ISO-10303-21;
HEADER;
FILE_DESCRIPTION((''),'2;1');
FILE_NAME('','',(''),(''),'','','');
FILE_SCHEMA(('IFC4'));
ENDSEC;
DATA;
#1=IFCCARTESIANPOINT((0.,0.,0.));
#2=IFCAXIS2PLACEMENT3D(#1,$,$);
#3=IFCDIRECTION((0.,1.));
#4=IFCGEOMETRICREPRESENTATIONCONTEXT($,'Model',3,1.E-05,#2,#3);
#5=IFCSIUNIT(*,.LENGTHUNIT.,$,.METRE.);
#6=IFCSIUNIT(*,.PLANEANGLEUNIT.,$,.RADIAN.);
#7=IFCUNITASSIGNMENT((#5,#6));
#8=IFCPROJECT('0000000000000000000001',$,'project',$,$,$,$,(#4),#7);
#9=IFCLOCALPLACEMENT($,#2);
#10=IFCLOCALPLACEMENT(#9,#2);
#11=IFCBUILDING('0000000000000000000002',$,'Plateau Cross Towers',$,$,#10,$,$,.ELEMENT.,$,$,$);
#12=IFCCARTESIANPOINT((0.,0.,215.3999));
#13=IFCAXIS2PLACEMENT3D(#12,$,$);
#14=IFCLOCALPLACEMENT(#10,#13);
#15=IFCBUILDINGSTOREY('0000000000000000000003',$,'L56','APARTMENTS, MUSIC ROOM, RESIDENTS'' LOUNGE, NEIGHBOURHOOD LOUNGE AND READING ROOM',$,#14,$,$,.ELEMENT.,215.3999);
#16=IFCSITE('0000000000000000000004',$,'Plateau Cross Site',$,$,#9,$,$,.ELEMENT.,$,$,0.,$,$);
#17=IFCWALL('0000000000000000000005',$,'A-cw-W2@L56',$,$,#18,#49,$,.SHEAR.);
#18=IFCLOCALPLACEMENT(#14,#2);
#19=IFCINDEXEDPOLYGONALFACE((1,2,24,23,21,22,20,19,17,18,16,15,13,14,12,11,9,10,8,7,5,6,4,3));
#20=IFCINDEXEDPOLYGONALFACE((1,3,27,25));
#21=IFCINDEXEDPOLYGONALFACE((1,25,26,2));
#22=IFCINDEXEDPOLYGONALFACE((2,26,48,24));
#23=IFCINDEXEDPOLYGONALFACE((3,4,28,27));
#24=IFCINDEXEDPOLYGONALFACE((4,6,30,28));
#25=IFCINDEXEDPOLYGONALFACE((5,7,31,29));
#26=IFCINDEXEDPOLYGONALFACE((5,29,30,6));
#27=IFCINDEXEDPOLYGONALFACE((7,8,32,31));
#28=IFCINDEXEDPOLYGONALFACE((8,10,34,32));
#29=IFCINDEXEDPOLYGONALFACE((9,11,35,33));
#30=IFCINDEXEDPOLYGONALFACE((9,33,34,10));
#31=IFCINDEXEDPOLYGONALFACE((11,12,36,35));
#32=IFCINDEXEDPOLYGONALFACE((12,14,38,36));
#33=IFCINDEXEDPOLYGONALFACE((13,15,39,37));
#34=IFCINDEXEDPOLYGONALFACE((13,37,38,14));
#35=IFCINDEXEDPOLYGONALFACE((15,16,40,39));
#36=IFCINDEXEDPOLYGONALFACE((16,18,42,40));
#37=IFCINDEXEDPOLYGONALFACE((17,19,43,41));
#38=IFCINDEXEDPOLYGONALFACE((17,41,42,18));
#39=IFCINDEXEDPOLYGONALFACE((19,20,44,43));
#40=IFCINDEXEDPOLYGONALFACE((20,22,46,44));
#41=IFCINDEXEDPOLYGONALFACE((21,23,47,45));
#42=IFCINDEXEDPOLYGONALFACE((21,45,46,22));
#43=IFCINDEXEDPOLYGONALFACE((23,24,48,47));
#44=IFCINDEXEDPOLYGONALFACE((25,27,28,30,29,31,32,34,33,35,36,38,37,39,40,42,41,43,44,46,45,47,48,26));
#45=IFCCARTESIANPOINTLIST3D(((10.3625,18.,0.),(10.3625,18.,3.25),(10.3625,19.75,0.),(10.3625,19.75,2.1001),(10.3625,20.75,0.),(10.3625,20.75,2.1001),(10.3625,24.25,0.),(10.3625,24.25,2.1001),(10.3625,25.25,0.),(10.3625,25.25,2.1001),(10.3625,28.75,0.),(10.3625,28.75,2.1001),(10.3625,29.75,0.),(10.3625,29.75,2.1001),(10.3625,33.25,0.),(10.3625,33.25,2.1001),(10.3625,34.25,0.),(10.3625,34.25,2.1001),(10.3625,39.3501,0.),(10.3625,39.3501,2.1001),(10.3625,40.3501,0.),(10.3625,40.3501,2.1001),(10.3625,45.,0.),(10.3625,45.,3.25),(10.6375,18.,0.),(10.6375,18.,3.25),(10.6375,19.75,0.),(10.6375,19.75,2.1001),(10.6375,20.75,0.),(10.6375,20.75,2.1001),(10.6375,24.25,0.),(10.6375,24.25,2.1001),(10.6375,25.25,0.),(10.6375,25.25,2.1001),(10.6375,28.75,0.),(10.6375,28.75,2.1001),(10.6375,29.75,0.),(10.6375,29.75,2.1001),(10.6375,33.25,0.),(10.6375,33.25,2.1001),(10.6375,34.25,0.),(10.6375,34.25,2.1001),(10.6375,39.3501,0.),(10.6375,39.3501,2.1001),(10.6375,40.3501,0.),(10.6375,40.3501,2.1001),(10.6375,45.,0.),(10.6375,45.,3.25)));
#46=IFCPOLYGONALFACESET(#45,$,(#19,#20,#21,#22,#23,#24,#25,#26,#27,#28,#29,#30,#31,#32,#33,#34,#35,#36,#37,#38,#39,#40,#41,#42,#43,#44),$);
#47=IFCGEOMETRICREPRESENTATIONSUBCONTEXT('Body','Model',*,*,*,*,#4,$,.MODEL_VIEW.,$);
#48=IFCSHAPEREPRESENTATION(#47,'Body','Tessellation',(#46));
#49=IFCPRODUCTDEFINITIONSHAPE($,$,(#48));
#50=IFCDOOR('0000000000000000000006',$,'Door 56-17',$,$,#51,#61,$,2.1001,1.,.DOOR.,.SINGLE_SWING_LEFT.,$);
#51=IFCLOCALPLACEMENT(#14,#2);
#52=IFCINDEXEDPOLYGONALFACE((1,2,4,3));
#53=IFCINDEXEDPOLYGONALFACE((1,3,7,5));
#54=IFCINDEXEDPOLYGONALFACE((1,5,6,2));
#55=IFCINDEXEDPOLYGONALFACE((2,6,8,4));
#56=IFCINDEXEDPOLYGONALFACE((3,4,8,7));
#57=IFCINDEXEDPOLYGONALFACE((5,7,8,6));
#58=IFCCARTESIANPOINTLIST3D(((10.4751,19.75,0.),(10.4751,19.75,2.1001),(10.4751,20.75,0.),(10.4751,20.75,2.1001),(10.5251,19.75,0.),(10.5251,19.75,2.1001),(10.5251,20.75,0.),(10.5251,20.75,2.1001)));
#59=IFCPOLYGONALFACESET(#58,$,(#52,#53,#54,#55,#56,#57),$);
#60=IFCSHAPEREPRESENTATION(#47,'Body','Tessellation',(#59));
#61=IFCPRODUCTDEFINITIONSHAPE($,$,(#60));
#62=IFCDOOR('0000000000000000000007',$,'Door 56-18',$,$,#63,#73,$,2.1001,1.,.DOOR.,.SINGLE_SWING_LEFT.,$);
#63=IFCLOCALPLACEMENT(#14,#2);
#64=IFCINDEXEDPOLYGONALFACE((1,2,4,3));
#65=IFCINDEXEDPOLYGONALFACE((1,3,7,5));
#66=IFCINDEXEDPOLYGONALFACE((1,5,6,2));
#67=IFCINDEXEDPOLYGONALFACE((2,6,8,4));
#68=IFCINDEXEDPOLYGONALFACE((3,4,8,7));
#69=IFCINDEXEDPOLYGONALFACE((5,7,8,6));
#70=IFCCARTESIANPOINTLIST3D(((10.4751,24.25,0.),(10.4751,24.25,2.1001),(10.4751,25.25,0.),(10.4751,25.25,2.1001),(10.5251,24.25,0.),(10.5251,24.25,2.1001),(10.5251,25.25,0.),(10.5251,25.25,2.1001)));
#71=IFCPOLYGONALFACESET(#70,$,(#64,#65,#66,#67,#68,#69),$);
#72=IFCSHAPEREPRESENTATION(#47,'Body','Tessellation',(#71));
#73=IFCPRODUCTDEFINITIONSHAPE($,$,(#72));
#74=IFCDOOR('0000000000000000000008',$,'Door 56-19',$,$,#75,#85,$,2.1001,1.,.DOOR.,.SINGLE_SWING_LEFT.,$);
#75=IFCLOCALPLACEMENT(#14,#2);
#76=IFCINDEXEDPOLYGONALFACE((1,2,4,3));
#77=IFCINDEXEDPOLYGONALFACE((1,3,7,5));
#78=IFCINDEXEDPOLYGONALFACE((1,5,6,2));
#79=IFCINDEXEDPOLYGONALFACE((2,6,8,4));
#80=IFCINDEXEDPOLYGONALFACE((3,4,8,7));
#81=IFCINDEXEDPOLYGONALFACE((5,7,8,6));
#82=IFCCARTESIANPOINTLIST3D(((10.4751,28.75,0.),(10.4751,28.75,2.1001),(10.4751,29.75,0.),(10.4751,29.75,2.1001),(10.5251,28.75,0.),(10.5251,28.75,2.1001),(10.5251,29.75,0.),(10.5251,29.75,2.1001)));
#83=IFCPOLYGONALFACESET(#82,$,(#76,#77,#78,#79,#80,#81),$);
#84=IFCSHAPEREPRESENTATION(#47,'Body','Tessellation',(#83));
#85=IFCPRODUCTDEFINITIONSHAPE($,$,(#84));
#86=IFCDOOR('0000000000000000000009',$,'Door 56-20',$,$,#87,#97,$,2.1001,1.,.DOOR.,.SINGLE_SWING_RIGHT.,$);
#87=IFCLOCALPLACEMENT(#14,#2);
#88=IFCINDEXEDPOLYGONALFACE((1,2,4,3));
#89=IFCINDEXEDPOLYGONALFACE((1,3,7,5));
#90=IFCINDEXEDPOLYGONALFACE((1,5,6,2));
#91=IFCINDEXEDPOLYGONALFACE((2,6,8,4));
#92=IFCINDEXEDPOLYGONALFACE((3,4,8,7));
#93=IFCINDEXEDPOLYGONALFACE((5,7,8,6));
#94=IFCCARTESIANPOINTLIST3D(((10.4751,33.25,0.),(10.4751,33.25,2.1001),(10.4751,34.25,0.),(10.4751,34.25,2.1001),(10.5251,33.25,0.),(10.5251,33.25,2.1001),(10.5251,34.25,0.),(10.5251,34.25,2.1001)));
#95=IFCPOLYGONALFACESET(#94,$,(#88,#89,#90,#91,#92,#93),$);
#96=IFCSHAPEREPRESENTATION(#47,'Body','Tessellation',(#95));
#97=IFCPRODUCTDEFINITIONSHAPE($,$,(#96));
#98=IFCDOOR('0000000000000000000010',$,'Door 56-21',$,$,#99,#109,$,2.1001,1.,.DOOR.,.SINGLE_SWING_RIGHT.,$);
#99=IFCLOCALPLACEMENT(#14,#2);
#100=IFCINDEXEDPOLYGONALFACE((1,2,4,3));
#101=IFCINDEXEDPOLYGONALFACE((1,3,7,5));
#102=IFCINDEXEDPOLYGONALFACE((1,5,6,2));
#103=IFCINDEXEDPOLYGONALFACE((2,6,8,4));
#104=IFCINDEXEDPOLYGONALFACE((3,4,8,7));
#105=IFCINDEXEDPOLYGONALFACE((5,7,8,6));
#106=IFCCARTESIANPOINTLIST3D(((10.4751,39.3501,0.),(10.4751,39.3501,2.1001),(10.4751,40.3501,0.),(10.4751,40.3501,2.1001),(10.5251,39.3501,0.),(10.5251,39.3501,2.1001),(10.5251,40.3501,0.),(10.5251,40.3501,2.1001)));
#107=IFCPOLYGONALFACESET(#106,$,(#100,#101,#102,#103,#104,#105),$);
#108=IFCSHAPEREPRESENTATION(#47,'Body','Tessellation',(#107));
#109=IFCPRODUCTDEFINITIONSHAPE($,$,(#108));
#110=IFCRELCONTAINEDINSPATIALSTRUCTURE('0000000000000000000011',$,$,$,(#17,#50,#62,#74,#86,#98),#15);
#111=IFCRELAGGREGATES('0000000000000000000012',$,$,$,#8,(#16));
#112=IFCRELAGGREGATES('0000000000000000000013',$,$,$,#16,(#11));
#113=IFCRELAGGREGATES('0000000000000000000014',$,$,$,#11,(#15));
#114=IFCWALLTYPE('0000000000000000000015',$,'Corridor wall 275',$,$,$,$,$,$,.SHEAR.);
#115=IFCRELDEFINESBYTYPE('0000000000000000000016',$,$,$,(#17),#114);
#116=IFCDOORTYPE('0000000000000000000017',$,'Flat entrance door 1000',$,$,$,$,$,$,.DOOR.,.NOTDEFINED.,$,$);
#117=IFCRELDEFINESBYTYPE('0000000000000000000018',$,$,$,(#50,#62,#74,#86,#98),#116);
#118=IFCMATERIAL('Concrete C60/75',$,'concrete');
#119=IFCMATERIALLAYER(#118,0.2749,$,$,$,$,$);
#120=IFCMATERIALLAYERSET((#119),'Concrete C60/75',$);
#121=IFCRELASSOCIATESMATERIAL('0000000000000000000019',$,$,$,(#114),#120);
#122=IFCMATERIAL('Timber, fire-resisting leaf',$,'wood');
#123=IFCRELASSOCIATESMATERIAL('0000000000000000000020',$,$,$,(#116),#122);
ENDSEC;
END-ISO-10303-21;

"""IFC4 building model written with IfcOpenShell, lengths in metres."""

from ifc_helpers import new_model, si_unit, direction, frame, frame_2d, origin, place, context, subcontext, project, spatial, rectangle, extrude, material, layer, layer_set, type_object, element, fill, save


model = new_model("IFC4")

# Units and contexts
model_context = context("Model", 3, precision=1e-05, world=origin(), true_north=direction((0.0, 1.0)))
body_context = subcontext(model_context, "Body", "Model", "MODEL_VIEW")
ifc_project = project(units=[si_unit("LENGTHUNIT", "METRE"), si_unit("PLANEANGLEUNIT", "RADIAN")], contexts=[model_context])

# Site, building, storey
site_placement = place(None, origin())
site = spatial("IfcSite", under=ifc_project, at=site_placement, Name="Plateau Cross Site", CompositionType="ELEMENT", RefElevation=0.0)
building_placement = place(site_placement, origin())
building = spatial("IfcBuilding", under=site, at=building_placement, Name="Plateau Cross Towers", CompositionType="ELEMENT")
storey_placement = place(building_placement, frame((0.0, 0.0, 215.3999)))
storey = spatial("IfcBuildingStorey", under=building, at=storey_placement, Name="L56", Description="APARTMENTS, MUSIC ROOM, RESIDENTS' LOUNGE, NEIGHBOURHOOD LOUNGE AND READING ROOM", CompositionType="ELEMENT", Elevation=215.3999)

# Wall, openings, doors
ifc_material_1 = material(Name="Concrete C60/75", Category="concrete")
ifc_layer_1 = layer(ifc_material_1, 0.2749)
ifc_layer_set_1 = layer_set([ifc_layer_1], Name="Concrete C60/75")
wall_type_1 = type_object("IfcWallType", Name="Corridor wall 275", PredefinedType="SHEAR", material=ifc_layer_set_1)
ifc_material_2 = material(Name="Timber, fire-resisting leaf", Category="wood")
door_type_1 = type_object("IfcDoorType", Name="Flat entrance door 1000", OperationType="NOTDEFINED", PredefinedType="DOOR", material=ifc_material_2)
wall_1_placement = place(storey_placement, frame((10.5, 18.0, 0.0), z_axis=(0.0, 0.0, 1.0), x_axis=(0.0, 1.0, 0.0)))
wall_1 = element("IfcWall", 1, at=wall_1_placement, inside=storey, type_object=wall_type_1, Name="A-cw-W2@L56", PredefinedType="SHEAR", context=body_context, shape_type="SweptSolid", body=[
    extrude(rectangle(XDim=27.0, YDim=0.2749, at=frame_2d((13.5, 0.0))), origin(), (0.0, 0.0, 1.0), 3.25),
])
opening_1_placement = place(wall_1_placement, frame((1.75, 0.0, 0.0)))
opening_1 = element("IfcOpeningElement", 2, at=opening_1_placement, cuts=wall_1, PredefinedType="OPENING", context=body_context, shape_type="SweptSolid", body=[
    extrude(rectangle(XDim=1.0, YDim=2.1001, at=frame_2d((0.5, 1.05))), frame((0.0, 0.1475, 0.0), z_axis=(0.0, -1.0, 0.0), x_axis=(1.0, 0.0, 0.0)), (0.0, 0.0, 1.0), 0.2949),
])
opening_2_placement = place(wall_1_placement, frame((6.25, 0.0, 0.0)))
opening_2 = element("IfcOpeningElement", 3, at=opening_2_placement, cuts=wall_1, PredefinedType="OPENING", context=body_context, shape_type="SweptSolid", body=[
    extrude(rectangle(XDim=1.0, YDim=2.1001, at=frame_2d((0.5, 1.05))), frame((0.0, 0.1475, 0.0), z_axis=(0.0, -1.0, 0.0), x_axis=(1.0, 0.0, 0.0)), (0.0, 0.0, 1.0), 0.2949),
])
opening_3_placement = place(wall_1_placement, frame((10.75, 0.0, 0.0)))
opening_3 = element("IfcOpeningElement", 4, at=opening_3_placement, cuts=wall_1, PredefinedType="OPENING", context=body_context, shape_type="SweptSolid", body=[
    extrude(rectangle(XDim=1.0, YDim=2.1001, at=frame_2d((0.5, 1.05))), frame((0.0, 0.1475, 0.0), z_axis=(0.0, -1.0, 0.0), x_axis=(1.0, 0.0, 0.0)), (0.0, 0.0, 1.0), 0.2949),
])
opening_4_placement = place(wall_1_placement, frame((15.25, 0.0, 0.0)))
opening_4 = element("IfcOpeningElement", 5, at=opening_4_placement, cuts=wall_1, PredefinedType="OPENING", context=body_context, shape_type="SweptSolid", body=[
    extrude(rectangle(XDim=1.0, YDim=2.1001, at=frame_2d((0.5, 1.05))), frame((0.0, 0.1475, 0.0), z_axis=(0.0, -1.0, 0.0), x_axis=(1.0, 0.0, 0.0)), (0.0, 0.0, 1.0), 0.2949),
])
opening_5_placement = place(wall_1_placement, frame((21.3501, 0.0, 0.0)))
opening_5 = element("IfcOpeningElement", 6, at=opening_5_placement, cuts=wall_1, PredefinedType="OPENING", context=body_context, shape_type="SweptSolid", body=[
    extrude(rectangle(XDim=1.0, YDim=2.1001, at=frame_2d((0.5, 1.05))), frame((0.0, 0.1475, 0.0), z_axis=(0.0, -1.0, 0.0), x_axis=(1.0, 0.0, 0.0)), (0.0, 0.0, 1.0), 0.2949),
])
door_1_placement = place(opening_1_placement, origin())
door_1 = element("IfcDoor", 7, at=door_1_placement, inside=storey, type_object=door_type_1, Name="Door 56-17", OperationType="SINGLE_SWING_LEFT", OverallHeight=2.1001, OverallWidth=1.0, PredefinedType="DOOR", context=body_context, shape_type="SweptSolid", body=[
    extrude(rectangle(XDim=1.0, YDim=2.1001, at=frame_2d((0.5, 1.05))), frame((0.0, 0.0249, 0.0), z_axis=(0.0, -1.0, 0.0), x_axis=(1.0, 0.0, 0.0)), (0.0, 0.0, 1.0), 0.05),
])
fill(opening_1, door_1)
door_2_placement = place(opening_2_placement, origin())
door_2 = element("IfcDoor", 8, at=door_2_placement, inside=storey, type_object=door_type_1, Name="Door 56-18", OperationType="SINGLE_SWING_LEFT", OverallHeight=2.1001, OverallWidth=1.0, PredefinedType="DOOR", context=body_context, shape_type="SweptSolid", body=[
    extrude(rectangle(XDim=1.0, YDim=2.1001, at=frame_2d((0.5, 1.05))), frame((0.0, 0.0249, 0.0), z_axis=(0.0, -1.0, 0.0), x_axis=(1.0, 0.0, 0.0)), (0.0, 0.0, 1.0), 0.05),
])
fill(opening_2, door_2)
door_3_placement = place(opening_3_placement, origin())
door_3 = element("IfcDoor", 9, at=door_3_placement, inside=storey, type_object=door_type_1, Name="Door 56-19", OperationType="SINGLE_SWING_LEFT", OverallHeight=2.1001, OverallWidth=1.0, PredefinedType="DOOR", context=body_context, shape_type="SweptSolid", body=[
    extrude(rectangle(XDim=1.0, YDim=2.1001, at=frame_2d((0.5, 1.05))), frame((0.0, 0.0249, 0.0), z_axis=(0.0, -1.0, 0.0), x_axis=(1.0, 0.0, 0.0)), (0.0, 0.0, 1.0), 0.05),
])
fill(opening_3, door_3)
door_4_placement = place(opening_4_placement, origin())
door_4 = element("IfcDoor", 10, at=door_4_placement, inside=storey, type_object=door_type_1, Name="Door 56-20", OperationType="SINGLE_SWING_RIGHT", OverallHeight=2.1001, OverallWidth=1.0, PredefinedType="DOOR", context=body_context, shape_type="SweptSolid", body=[
    extrude(rectangle(XDim=1.0, YDim=2.1001, at=frame_2d((0.5, 1.05))), frame((0.0, 0.0249, 0.0), z_axis=(0.0, -1.0, 0.0), x_axis=(1.0, 0.0, 0.0)), (0.0, 0.0, 1.0), 0.05),
])
fill(opening_4, door_4)
door_5_placement = place(opening_5_placement, origin())
door_5 = element("IfcDoor", 11, at=door_5_placement, inside=storey, type_object=door_type_1, Name="Door 56-21", OperationType="SINGLE_SWING_RIGHT", OverallHeight=2.1001, OverallWidth=1.0, PredefinedType="DOOR", context=body_context, shape_type="SweptSolid", body=[
    extrude(rectangle(XDim=1.0, YDim=2.1001, at=frame_2d((0.5, 1.05))), frame((0.0, 0.0249, 0.0), z_axis=(0.0, -1.0, 0.0), x_axis=(1.0, 0.0, 0.0)), (0.0, 0.0, 1.0), 0.05),
])
fill(opening_5, door_5)

save(model, "model.ifc")
